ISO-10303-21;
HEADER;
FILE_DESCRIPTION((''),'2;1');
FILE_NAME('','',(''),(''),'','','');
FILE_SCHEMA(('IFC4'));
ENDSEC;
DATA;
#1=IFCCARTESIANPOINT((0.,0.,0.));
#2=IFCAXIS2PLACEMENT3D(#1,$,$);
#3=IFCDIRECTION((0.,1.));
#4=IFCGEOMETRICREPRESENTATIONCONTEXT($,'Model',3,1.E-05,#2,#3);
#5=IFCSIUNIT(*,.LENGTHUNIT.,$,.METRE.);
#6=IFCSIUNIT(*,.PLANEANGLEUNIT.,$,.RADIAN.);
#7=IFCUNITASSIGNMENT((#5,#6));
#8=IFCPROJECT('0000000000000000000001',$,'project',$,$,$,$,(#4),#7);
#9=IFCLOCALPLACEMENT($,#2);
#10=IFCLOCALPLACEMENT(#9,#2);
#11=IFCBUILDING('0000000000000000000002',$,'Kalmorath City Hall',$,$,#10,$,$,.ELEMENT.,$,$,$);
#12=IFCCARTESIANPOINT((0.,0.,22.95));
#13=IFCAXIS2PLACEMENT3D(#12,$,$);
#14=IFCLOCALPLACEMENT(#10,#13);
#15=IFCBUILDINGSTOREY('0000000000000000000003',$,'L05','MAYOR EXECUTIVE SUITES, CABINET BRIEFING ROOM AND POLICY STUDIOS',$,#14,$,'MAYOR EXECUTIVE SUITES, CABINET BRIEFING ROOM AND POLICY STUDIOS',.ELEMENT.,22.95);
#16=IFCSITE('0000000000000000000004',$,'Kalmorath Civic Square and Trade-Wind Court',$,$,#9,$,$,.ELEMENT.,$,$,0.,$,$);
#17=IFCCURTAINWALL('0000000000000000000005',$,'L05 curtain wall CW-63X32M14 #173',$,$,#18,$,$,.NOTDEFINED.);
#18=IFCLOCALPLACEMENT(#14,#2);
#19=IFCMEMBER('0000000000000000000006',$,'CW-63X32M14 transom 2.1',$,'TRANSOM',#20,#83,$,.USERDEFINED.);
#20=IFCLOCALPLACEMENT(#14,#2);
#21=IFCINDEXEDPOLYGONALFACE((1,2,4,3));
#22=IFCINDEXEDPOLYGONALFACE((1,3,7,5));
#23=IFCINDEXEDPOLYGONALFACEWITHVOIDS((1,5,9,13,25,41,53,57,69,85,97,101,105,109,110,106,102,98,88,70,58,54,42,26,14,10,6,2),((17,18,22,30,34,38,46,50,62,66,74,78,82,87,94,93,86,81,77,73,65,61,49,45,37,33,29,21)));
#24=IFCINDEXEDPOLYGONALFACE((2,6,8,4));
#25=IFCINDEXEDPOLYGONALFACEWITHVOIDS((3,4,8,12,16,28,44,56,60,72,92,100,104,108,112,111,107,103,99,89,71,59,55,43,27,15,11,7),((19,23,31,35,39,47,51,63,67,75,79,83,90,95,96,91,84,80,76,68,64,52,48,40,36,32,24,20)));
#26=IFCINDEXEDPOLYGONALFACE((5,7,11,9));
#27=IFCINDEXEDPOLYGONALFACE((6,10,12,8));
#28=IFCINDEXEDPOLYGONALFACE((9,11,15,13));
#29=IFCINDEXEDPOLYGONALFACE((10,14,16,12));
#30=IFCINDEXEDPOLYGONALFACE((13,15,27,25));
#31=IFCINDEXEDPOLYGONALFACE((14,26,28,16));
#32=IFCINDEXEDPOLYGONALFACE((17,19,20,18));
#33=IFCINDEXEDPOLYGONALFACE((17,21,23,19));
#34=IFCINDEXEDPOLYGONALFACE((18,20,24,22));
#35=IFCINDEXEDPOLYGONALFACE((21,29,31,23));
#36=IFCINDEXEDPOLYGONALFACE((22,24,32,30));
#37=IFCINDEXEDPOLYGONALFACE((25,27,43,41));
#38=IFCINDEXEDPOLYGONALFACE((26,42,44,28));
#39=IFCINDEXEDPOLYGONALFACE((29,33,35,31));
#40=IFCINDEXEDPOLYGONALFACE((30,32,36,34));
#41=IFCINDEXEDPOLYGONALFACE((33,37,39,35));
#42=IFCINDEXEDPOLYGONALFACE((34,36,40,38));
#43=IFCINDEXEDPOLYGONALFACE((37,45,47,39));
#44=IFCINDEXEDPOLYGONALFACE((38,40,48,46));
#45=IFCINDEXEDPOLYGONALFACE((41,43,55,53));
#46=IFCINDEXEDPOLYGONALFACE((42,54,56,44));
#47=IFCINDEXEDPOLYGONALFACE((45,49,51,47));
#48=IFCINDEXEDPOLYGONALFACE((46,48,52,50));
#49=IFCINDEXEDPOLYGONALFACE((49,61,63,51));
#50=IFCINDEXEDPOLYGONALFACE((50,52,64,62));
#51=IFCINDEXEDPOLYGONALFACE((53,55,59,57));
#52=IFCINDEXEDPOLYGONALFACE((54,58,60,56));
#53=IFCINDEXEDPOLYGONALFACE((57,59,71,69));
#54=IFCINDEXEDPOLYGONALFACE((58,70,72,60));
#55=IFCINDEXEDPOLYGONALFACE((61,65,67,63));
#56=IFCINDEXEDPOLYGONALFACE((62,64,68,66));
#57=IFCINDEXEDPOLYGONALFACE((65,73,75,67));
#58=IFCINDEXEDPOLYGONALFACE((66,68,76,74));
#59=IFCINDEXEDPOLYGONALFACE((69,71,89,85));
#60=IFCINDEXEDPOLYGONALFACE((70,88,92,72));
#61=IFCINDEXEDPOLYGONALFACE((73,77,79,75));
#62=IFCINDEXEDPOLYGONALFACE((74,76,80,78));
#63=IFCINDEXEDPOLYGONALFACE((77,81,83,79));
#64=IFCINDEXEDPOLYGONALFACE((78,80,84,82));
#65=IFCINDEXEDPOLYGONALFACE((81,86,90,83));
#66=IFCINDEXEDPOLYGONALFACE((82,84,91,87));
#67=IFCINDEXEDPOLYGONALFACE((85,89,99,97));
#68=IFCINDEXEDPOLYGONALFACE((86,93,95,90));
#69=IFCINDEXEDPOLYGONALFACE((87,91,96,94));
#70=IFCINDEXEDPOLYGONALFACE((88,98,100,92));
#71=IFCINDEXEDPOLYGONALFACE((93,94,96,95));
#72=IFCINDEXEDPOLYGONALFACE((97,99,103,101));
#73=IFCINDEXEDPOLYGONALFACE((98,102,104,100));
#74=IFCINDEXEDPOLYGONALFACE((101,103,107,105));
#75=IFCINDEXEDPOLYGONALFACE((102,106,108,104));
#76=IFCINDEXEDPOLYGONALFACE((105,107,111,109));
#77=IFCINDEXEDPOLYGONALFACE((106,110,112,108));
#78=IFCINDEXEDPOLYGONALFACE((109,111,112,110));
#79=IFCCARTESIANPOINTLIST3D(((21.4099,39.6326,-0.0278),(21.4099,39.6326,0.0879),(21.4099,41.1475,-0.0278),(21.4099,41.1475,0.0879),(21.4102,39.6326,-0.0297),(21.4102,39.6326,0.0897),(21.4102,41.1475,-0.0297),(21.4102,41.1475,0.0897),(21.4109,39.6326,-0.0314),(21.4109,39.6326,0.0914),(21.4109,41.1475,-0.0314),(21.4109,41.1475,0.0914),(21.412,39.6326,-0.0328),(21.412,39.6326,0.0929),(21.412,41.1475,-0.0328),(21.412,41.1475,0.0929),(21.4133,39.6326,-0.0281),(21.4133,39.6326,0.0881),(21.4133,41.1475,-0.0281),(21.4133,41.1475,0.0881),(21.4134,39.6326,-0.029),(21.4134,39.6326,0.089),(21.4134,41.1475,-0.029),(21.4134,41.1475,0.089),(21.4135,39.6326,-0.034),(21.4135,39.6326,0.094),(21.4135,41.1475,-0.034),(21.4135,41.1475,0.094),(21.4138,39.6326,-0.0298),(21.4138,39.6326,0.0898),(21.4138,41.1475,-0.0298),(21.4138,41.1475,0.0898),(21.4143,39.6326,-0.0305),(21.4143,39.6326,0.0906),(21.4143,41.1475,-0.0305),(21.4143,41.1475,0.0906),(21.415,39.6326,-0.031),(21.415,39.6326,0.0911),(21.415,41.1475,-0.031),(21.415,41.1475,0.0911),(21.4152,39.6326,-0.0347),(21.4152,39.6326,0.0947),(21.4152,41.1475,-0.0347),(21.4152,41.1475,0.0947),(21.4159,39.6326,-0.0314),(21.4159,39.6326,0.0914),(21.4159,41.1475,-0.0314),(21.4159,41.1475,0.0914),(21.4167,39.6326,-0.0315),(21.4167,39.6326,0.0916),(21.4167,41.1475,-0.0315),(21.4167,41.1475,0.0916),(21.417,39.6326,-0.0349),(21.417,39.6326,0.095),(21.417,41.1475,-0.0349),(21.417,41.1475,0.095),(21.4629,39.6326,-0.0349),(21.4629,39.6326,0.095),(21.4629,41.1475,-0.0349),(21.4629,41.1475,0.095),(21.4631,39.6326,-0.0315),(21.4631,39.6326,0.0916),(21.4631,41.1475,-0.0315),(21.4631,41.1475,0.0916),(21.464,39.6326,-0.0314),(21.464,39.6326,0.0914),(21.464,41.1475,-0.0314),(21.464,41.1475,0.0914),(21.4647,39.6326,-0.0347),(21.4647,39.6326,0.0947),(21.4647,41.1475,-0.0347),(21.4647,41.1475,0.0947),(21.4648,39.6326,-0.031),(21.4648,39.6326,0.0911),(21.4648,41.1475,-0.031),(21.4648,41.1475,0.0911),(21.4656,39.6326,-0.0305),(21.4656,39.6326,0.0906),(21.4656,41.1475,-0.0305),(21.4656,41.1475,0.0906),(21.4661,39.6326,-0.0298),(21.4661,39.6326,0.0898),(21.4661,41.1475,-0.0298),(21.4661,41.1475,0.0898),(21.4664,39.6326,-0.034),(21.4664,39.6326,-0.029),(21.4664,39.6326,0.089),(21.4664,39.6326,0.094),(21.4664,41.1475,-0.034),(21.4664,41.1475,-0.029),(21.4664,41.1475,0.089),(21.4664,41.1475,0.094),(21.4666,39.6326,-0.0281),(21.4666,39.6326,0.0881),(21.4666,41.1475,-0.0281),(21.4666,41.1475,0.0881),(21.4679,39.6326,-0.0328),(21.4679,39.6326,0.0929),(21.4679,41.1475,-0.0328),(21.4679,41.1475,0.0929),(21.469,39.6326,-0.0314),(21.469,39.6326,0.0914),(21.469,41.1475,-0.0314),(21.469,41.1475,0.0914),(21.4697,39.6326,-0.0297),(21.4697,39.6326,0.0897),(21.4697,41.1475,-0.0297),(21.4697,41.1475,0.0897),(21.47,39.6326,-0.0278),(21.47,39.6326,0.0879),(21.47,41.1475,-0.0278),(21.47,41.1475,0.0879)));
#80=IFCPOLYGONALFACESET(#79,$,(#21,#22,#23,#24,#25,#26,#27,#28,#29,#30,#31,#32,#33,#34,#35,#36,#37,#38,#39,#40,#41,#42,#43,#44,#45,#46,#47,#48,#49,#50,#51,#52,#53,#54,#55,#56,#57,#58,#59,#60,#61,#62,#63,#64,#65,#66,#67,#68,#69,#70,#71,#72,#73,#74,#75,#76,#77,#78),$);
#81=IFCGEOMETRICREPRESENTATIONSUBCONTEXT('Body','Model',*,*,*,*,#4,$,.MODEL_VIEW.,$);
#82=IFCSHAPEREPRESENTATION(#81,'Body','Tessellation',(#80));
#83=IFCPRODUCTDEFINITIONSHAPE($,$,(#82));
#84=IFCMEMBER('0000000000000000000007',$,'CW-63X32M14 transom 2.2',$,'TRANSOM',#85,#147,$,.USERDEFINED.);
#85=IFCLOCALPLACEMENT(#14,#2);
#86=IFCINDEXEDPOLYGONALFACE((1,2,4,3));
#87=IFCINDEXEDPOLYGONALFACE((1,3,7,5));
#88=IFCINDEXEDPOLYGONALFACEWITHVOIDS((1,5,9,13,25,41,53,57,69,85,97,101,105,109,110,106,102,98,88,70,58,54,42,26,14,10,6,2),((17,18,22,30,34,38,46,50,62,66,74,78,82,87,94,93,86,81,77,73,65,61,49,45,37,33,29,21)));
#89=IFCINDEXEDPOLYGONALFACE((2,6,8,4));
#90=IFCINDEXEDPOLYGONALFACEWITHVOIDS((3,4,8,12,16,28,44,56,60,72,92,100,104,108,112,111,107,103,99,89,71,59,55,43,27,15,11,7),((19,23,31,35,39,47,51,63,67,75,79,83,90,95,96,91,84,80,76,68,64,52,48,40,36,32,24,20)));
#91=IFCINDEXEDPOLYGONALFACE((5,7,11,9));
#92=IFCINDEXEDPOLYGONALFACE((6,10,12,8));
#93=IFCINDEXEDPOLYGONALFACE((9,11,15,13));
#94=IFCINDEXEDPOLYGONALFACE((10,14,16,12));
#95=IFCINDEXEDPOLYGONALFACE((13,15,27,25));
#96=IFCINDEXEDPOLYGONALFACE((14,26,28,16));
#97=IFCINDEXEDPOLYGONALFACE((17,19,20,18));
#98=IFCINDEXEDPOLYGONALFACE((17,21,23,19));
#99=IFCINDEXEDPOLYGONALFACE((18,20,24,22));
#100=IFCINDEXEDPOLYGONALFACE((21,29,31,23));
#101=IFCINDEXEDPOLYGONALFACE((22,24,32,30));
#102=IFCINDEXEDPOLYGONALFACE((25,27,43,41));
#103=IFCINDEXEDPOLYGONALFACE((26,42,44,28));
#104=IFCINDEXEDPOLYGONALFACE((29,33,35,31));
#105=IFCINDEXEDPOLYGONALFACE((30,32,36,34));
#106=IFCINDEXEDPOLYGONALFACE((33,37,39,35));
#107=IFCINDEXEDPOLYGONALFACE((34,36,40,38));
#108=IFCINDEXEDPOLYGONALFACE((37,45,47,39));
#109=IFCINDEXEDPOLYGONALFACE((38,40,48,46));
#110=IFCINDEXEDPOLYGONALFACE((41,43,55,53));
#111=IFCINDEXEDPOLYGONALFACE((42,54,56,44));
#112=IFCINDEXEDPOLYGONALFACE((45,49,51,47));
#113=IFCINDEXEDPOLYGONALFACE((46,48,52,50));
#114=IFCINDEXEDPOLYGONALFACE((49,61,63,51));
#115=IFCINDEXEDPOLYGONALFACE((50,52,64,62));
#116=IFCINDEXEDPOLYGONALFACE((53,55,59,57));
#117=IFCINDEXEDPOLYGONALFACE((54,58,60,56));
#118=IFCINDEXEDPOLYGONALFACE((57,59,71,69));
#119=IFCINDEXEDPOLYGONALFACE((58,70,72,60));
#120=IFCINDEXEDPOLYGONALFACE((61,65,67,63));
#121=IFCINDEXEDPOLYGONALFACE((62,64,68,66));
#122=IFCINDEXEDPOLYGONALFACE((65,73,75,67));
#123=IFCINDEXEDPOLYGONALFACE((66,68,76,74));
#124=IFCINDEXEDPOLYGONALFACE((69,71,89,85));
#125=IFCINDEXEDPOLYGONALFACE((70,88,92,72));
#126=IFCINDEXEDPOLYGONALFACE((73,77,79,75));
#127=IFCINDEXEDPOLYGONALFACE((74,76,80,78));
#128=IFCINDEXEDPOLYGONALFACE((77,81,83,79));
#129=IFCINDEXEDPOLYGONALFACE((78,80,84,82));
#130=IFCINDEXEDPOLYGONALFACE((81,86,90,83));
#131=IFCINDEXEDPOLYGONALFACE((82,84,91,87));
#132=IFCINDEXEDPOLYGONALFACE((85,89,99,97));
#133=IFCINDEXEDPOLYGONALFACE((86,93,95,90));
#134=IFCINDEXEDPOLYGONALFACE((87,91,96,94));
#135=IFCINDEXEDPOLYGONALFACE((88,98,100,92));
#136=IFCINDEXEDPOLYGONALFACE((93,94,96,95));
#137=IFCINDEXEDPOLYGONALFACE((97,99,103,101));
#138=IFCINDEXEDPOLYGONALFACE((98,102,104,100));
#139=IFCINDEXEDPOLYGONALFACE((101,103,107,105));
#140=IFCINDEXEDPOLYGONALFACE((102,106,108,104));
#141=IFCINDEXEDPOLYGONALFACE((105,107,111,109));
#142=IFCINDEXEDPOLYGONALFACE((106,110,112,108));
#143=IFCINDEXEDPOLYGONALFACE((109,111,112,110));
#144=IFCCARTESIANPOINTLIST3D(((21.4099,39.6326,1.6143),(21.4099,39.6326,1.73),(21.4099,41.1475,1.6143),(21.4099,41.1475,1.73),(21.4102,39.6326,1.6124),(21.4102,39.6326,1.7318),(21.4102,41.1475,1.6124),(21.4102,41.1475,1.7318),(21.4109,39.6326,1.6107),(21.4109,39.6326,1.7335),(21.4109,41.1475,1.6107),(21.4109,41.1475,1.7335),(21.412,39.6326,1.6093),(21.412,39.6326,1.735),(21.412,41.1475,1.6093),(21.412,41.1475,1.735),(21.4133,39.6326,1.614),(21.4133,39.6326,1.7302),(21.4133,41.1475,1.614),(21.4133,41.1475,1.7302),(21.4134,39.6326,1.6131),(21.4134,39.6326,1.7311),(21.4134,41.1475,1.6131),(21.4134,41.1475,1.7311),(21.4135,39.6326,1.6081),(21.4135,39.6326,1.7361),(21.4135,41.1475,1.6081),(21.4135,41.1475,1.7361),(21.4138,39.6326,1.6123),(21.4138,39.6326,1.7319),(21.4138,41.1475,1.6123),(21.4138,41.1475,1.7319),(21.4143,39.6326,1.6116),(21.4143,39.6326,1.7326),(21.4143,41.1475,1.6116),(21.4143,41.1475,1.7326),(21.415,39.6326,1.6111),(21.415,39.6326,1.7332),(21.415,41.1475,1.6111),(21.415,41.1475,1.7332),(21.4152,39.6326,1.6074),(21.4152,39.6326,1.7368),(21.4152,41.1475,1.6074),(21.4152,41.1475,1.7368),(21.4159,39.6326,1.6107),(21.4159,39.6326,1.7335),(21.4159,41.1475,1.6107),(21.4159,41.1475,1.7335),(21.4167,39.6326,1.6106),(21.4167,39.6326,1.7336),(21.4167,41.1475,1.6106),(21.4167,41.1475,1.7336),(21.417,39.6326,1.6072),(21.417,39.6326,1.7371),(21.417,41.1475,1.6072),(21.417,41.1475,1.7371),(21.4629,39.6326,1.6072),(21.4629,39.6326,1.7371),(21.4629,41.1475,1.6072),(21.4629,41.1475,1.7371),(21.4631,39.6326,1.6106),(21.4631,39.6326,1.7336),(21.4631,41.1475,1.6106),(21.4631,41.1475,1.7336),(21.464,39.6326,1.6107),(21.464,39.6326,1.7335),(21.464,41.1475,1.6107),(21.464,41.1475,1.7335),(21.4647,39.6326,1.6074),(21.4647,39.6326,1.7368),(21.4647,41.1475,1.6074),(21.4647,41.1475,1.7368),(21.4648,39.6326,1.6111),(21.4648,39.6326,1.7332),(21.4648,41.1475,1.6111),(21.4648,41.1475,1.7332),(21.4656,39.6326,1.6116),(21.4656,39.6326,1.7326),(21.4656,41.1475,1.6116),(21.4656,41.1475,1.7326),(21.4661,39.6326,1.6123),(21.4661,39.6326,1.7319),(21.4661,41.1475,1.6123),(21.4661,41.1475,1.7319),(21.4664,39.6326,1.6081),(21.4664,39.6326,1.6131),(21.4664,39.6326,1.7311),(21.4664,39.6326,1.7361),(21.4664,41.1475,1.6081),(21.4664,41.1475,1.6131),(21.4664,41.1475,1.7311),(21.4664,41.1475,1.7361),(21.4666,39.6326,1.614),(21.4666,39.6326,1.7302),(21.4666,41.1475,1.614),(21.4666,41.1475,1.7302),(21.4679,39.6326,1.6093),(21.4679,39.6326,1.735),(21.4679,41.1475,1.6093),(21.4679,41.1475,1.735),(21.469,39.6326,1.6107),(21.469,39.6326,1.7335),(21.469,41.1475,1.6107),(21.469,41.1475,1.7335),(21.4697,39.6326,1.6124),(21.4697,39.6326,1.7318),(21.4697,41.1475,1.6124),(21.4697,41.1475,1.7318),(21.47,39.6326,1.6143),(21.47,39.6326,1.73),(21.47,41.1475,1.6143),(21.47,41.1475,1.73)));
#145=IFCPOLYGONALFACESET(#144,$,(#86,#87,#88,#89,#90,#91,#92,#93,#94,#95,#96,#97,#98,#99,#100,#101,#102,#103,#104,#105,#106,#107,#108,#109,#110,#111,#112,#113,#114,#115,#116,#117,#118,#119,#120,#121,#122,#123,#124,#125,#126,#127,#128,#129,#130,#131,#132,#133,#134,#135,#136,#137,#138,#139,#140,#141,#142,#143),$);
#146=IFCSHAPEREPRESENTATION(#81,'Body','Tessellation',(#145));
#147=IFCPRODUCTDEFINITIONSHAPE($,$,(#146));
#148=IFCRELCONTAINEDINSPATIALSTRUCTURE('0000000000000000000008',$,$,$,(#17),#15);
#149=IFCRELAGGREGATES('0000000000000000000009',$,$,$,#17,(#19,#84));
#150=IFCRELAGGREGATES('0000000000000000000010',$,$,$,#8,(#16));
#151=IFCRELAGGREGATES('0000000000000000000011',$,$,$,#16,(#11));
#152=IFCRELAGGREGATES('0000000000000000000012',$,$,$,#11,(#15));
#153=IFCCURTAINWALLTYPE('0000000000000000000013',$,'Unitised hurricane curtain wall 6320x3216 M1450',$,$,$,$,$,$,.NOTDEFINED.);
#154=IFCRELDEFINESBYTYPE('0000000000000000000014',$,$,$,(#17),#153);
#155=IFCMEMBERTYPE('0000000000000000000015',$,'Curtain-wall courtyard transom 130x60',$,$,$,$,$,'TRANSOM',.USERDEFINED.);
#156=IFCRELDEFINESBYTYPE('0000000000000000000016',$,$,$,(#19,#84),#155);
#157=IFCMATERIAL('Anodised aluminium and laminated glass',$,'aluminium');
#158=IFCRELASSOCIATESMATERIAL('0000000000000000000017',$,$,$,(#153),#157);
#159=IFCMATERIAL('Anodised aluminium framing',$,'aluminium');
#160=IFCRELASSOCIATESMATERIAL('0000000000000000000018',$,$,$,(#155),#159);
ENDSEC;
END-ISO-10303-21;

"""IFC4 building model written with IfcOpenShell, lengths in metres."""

from ifc_helpers import new_model, si_unit, direction, frame, origin, origin_2d, place, context, subcontext, project, spatial, hollow_rectangle, extrude, material, material_profile, profile_set, type_object, element, aggregate, save


model = new_model("IFC4")

# Units and contexts
model_context = context("Model", 3, precision=1e-05, world=origin(), true_north=direction((0.0, 1.0)))
body_context = subcontext(model_context, "Body", "Model", "MODEL_VIEW")
ifc_project = project(units=[si_unit("LENGTHUNIT", "METRE"), si_unit("PLANEANGLEUNIT", "RADIAN")], contexts=[model_context])

# Site, building, storey
site_placement = place(None, origin())
site = spatial("IfcSite", under=ifc_project, at=site_placement, Name="Kalmorath Civic Square and Trade-Wind Court", CompositionType="ELEMENT", RefElevation=0.0)
building_placement = place(site_placement, origin())
building = spatial("IfcBuilding", under=site, at=building_placement, Name="Kalmorath City Hall", CompositionType="ELEMENT")
storey_placement = place(building_placement, frame((0.0, 0.0, 22.95)))
storey = spatial("IfcBuildingStorey", under=building, at=storey_placement, Name="L05", Description="MAYOR EXECUTIVE SUITES, CABINET BRIEFING ROOM AND POLICY STUDIOS", LongName="MAYOR EXECUTIVE SUITES, CABINET BRIEFING ROOM AND POLICY STUDIOS", CompositionType="ELEMENT", Elevation=22.95)

# Curtain wall, members
ifc_material_1 = material(Name="Anodised aluminium and laminated glass", Category="aluminium")
curtain_wall_type = type_object("IfcCurtainWallType", Name="Unitised hurricane curtain wall 6320x3216 M1450", PredefinedType="NOTDEFINED", material=ifc_material_1)
curtain_wall_placement = place(storey_placement, origin())
curtain_wall = element("IfcCurtainWall", 1, at=curtain_wall_placement, inside=storey, type_object=curtain_wall_type, Name="L05 curtain wall CW-63X32M14 #173", PredefinedType="NOTDEFINED")
ifc_material_2 = material(Name="Anodised aluminium framing", Category="aluminium")
ifc_material_profile_1 = material_profile(ifc_material_2, hollow_rectangle(XDim=0.0601, YDim=0.1299, WallThickness=0.0034, InnerFilletRadius=0.0034, OuterFilletRadius=0.0071, at=origin_2d()), Name="ALU-TRN-130X60X3.5")
ifc_profile_set_1 = profile_set([ifc_material_profile_1], Name="Anodised aluminium framing")
member_type_1 = type_object("IfcMemberType", Name="Curtain-wall courtyard transom 130x60", ElementType="TRANSOM", PredefinedType="USERDEFINED", material=ifc_profile_set_1)
member_1_placement = place(storey_placement, frame((21.4399, 41.1475, 0.03), z_axis=(0.0, -1.0, 0.0), x_axis=(1.0, 0.0, 0.0)))
member_1 = element("IfcMember", 2, at=member_1_placement, type_object=member_type_1, Name="CW-63X32M14 transom 2.1", ObjectType="TRANSOM", PredefinedType="USERDEFINED", context=body_context, shape_type="SweptSolid", body=[
    extrude(hollow_rectangle(XDim=0.0601, YDim=0.1299, WallThickness=0.0034, InnerFilletRadius=0.0034, OuterFilletRadius=0.0071, at=origin_2d()), origin(), (0.0, 0.0, 1.0), 1.5149),
])
member_2_placement = place(storey_placement, frame((21.4399, 41.1475, 1.6721), z_axis=(0.0, -1.0, 0.0), x_axis=(1.0, 0.0, 0.0)))
member_2 = element("IfcMember", 3, at=member_2_placement, type_object=member_type_1, Name="CW-63X32M14 transom 2.2", ObjectType="TRANSOM", PredefinedType="USERDEFINED", context=body_context, shape_type="SweptSolid", body=[
    extrude(hollow_rectangle(XDim=0.0601, YDim=0.1299, WallThickness=0.0034, InnerFilletRadius=0.0034, OuterFilletRadius=0.0071, at=origin_2d()), origin(), (0.0, 0.0, 1.0), 1.5149),
])

aggregate(curtain_wall, [member_1, member_2])

save(model, "model.ifc")
